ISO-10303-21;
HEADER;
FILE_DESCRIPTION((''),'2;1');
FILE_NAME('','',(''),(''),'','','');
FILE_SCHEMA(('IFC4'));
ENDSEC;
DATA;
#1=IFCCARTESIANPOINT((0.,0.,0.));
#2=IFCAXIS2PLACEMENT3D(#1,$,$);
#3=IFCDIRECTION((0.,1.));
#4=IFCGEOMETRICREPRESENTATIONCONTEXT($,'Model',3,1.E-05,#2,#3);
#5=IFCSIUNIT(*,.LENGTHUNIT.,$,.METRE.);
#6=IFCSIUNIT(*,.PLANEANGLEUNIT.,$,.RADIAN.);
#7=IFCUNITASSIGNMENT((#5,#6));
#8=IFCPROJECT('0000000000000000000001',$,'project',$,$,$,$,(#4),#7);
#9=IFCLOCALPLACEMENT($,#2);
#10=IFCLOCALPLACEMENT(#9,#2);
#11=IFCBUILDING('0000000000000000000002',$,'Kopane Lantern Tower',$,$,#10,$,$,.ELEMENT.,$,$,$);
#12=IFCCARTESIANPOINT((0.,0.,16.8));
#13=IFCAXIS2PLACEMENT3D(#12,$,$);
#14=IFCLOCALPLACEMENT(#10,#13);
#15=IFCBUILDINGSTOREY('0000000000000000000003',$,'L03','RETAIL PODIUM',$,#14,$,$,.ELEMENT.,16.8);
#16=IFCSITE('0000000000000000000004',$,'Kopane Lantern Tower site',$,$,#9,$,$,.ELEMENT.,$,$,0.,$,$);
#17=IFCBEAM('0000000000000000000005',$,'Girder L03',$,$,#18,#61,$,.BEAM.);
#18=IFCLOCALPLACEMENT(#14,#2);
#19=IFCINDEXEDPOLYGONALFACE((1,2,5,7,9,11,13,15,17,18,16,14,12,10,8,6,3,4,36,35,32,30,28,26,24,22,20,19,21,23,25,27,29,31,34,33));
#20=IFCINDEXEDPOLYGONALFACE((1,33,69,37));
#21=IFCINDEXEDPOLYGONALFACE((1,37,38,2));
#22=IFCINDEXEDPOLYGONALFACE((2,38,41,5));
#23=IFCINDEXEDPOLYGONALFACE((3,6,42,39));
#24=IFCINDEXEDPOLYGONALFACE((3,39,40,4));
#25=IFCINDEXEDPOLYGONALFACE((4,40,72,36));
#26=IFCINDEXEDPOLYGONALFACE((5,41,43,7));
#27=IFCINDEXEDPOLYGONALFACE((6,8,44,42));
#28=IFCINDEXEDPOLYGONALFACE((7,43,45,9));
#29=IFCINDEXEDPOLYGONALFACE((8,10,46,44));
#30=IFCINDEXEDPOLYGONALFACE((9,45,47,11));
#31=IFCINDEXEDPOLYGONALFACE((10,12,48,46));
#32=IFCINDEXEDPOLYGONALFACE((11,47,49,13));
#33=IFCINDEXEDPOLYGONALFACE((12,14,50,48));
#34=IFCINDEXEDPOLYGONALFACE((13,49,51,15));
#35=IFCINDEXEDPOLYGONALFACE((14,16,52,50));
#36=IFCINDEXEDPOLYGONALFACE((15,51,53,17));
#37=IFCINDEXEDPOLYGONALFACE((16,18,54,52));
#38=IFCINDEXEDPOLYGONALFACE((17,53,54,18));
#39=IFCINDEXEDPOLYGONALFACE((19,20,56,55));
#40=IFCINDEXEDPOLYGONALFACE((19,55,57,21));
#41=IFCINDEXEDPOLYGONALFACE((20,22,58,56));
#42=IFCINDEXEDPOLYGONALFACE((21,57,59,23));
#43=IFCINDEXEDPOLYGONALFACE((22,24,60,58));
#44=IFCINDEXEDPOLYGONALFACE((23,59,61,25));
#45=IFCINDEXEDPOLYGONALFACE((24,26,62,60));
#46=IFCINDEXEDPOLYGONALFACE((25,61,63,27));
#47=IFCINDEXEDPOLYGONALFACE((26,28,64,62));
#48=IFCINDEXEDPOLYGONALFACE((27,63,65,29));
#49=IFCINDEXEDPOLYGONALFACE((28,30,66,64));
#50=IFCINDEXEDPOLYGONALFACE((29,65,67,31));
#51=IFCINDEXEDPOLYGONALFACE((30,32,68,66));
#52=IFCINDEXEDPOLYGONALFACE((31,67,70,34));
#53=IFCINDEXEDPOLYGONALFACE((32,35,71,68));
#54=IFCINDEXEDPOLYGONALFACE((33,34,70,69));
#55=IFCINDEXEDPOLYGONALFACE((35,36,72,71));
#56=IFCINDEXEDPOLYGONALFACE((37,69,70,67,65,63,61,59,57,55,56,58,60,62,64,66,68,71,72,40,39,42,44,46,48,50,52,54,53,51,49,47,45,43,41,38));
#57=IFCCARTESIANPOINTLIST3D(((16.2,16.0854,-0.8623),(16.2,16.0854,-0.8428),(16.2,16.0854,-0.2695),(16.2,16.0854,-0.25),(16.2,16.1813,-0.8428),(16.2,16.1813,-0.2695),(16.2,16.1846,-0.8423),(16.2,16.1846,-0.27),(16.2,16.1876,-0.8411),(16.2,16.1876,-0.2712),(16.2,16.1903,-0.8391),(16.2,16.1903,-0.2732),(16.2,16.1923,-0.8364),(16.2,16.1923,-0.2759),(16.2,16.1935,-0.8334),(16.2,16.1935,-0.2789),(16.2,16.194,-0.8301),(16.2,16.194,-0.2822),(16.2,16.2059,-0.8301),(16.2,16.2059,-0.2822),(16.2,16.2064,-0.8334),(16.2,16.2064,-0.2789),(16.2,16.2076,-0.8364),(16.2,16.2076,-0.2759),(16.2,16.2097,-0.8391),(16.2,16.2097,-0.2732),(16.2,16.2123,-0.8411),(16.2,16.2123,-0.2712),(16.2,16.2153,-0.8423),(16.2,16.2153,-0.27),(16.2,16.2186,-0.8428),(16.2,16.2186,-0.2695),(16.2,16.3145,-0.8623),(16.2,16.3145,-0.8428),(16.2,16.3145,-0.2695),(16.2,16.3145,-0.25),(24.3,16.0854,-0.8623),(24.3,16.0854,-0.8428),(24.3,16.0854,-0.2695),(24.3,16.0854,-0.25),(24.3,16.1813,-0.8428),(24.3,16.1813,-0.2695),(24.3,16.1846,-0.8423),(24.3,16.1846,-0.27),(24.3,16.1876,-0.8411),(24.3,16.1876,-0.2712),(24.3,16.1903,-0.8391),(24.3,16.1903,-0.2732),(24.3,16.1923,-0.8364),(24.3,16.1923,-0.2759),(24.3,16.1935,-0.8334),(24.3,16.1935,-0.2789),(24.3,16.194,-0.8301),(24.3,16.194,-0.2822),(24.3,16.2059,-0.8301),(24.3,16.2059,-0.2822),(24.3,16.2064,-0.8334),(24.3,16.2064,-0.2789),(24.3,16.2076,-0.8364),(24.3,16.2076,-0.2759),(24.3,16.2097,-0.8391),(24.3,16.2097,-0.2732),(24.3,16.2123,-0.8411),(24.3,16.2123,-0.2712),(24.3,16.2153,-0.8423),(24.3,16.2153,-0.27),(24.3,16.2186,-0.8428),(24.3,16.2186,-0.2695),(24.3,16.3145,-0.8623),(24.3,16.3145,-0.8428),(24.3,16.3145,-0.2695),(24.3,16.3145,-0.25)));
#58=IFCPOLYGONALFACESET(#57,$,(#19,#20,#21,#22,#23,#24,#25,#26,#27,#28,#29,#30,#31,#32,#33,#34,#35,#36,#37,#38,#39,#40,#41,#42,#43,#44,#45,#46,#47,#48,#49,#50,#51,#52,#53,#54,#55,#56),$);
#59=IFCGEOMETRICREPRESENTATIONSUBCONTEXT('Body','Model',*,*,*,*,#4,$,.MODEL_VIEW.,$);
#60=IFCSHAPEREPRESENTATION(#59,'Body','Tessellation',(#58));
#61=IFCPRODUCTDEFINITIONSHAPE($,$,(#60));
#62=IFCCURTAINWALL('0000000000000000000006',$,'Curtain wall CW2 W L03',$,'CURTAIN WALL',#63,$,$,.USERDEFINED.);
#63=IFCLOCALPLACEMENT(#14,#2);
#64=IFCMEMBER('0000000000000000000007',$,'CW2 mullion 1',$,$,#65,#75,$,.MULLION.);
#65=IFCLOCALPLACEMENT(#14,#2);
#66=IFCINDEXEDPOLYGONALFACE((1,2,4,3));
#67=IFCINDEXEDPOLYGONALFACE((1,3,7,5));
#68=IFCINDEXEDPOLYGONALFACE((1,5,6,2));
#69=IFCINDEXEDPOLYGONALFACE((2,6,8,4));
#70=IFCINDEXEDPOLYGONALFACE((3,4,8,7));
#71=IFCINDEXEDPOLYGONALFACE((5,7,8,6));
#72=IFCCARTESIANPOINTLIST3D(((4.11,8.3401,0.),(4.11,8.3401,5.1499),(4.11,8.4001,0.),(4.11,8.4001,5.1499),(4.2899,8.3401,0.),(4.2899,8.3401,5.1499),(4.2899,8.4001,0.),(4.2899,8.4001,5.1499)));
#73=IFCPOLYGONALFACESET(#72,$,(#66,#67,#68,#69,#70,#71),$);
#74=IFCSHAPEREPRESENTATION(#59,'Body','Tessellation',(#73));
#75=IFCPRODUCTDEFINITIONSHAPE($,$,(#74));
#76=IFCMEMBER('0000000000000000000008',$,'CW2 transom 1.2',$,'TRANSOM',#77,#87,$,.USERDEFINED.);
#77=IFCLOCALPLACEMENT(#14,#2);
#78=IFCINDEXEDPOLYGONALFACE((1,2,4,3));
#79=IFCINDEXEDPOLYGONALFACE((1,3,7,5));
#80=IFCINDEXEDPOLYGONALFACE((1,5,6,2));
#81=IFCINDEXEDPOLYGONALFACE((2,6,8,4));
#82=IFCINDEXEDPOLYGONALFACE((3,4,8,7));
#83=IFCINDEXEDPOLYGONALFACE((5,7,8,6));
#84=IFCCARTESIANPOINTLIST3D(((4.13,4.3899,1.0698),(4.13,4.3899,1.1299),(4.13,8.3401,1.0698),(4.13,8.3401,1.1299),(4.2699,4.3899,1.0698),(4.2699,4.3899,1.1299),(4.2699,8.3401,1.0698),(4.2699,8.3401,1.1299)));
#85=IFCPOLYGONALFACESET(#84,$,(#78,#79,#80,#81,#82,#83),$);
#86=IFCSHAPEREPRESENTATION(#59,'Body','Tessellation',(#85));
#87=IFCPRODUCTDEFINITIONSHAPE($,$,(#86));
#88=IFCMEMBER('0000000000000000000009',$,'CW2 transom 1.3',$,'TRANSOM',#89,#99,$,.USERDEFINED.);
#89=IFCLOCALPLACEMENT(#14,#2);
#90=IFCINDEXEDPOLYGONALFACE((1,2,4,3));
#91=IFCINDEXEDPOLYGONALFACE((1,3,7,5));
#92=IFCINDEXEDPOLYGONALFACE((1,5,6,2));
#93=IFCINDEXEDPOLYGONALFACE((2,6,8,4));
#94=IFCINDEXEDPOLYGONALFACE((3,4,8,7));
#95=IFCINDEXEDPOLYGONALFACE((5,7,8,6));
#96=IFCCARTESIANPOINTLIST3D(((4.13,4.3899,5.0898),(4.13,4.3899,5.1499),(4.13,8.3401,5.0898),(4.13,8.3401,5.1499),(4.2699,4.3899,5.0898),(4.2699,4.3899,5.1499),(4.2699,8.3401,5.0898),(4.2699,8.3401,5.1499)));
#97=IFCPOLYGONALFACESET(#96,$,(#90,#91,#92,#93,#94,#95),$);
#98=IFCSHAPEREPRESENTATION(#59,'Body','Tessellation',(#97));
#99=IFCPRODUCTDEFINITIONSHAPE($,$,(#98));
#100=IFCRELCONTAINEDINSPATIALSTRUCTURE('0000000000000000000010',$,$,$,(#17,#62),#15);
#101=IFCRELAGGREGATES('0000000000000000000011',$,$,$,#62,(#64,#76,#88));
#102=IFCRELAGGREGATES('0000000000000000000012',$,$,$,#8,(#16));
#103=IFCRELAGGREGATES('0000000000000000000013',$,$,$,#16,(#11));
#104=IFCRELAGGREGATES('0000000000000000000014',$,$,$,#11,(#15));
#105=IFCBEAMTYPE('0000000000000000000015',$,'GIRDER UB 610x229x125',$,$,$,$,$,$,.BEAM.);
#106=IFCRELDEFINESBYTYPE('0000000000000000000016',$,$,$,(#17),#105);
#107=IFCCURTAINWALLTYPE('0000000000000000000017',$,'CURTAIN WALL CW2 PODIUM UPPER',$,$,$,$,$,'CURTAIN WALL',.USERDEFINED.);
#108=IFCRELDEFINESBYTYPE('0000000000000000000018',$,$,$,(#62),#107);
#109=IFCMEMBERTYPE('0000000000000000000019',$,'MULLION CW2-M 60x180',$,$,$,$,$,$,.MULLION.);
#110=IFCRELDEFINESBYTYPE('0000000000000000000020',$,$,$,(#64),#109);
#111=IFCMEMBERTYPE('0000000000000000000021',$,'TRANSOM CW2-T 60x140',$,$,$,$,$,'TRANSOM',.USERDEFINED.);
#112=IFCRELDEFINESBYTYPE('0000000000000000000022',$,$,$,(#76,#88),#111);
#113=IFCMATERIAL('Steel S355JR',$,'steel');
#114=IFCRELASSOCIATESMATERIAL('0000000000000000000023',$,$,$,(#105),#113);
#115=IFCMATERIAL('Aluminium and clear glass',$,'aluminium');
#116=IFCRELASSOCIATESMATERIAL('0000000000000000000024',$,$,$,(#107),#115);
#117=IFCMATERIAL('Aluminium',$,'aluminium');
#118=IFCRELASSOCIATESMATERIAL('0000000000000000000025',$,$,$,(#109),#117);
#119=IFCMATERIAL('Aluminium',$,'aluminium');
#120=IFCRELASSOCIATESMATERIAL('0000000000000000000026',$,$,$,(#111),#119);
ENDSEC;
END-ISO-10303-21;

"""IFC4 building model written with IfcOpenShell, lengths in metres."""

from ifc_helpers import new_model, si_unit, direction, frame, origin, origin_2d, place, context, subcontext, project, spatial, rectangle, i_section, extrude, material, material_profile, profile_set, type_object, element, aggregate, save


model = new_model("IFC4")

# Units and contexts
model_context = context("Model", 3, precision=1e-05, world=origin(), true_north=direction((0.0, 1.0)))
body_context = subcontext(model_context, "Body", "Model", "MODEL_VIEW")
ifc_project = project(units=[si_unit("LENGTHUNIT", "METRE"), si_unit("PLANEANGLEUNIT", "RADIAN")], contexts=[model_context])

# Site, building, storey
site_placement = place(None, origin())
site = spatial("IfcSite", under=ifc_project, at=site_placement, Name="Kopane Lantern Tower site", CompositionType="ELEMENT", RefElevation=0.0)
building_placement = place(site_placement, origin())
building = spatial("IfcBuilding", under=site, at=building_placement, Name="Kopane Lantern Tower", CompositionType="ELEMENT")
storey_placement = place(building_placement, frame((0.0, 0.0, 16.8)))
storey = spatial("IfcBuildingStorey", under=building, at=storey_placement, Name="L03", Description="RETAIL PODIUM", CompositionType="ELEMENT", Elevation=16.8)

# Beam
ifc_material_1 = material(Name="Steel S355JR", Category="steel")
ifc_material_profile_1 = material_profile(ifc_material_1, i_section(OverallWidth=0.229, OverallDepth=0.6123, WebThickness=0.012, FlangeThickness=0.0195, FilletRadius=0.0127, at=origin_2d()), Name="UB 610x229x125")
ifc_profile_set_1 = profile_set([ifc_material_profile_1], Name="Steel S355JR")
beam_type = type_object("IfcBeamType", Name="GIRDER UB 610x229x125", PredefinedType="BEAM", material=ifc_profile_set_1)
for number, where, z_axis, x_axis, name in (
    (1, (16.2, 16.2, -0.5562), (1.0, 0.0, 0.0), (0.0, 1.0, 0.0), "Girder L03"),
):
    element("IfcBeam", number, at=place(storey_placement, frame(where, z_axis=z_axis, x_axis=x_axis)), inside=storey, type_object=beam_type, Name=name, PredefinedType="BEAM", context=body_context, shape_type="SweptSolid", body=[
        extrude(i_section(OverallWidth=0.229, OverallDepth=0.6123, WebThickness=0.012, FlangeThickness=0.0195, FilletRadius=0.0127, at=origin_2d()), origin(), (0.0, 0.0, 1.0), 8.1001),
    ])

# Curtain wall, members
ifc_material_2 = material(Name="Aluminium and clear glass", Category="aluminium")
curtain_wall_type = type_object("IfcCurtainWallType", Name="CURTAIN WALL CW2 PODIUM UPPER", ElementType="CURTAIN WALL", PredefinedType="USERDEFINED", material=ifc_material_2)
curtain_wall_placement = place(storey_placement, origin())
curtain_wall = element("IfcCurtainWall", 2, at=curtain_wall_placement, inside=storey, type_object=curtain_wall_type, Name="Curtain wall CW2 W L03", ObjectType="CURTAIN WALL", PredefinedType="USERDEFINED")
ifc_material_3 = material(Name="Aluminium", Category="aluminium")
ifc_material_profile_2 = material_profile(ifc_material_3, rectangle(XDim=0.0601, YDim=0.1799, at=origin_2d()), Name="AL 60x180")
ifc_profile_set_2 = profile_set([ifc_material_profile_2], Name="Aluminium")
member_type_1 = type_object("IfcMemberType", Name="MULLION CW2-M 60x180", PredefinedType="MULLION", material=ifc_profile_set_2)
member_1_placement = place(storey_placement, frame((4.2, 8.3701, 0.0), z_axis=(0.0, 0.0, 1.0), x_axis=(0.0, -1.0, 0.0)))
member_1 = element("IfcMember", 3, at=member_1_placement, type_object=member_type_1, Name="CW2 mullion 1", PredefinedType="MULLION", context=body_context, shape_type="SweptSolid", body=[
    extrude(rectangle(XDim=0.0601, YDim=0.1799, at=origin_2d()), origin(), (0.0, 0.0, 1.0), 5.1499),
])
ifc_material_4 = material(Name="Aluminium", Category="aluminium")
ifc_material_profile_3 = material_profile(ifc_material_4, rectangle(XDim=0.1399, YDim=0.0601, at=origin_2d()), Name="AL 140x60")
ifc_profile_set_3 = profile_set([ifc_material_profile_3], Name="Aluminium")
member_type_2 = type_object("IfcMemberType", Name="TRANSOM CW2-T 60x140", ElementType="TRANSOM", PredefinedType="USERDEFINED", material=ifc_profile_set_3)
member_2_placement = place(storey_placement, frame((4.2, 8.3401, 1.0999), z_axis=(0.0, -1.0, 0.0), x_axis=(1.0, 0.0, 0.0)))
member_2 = element("IfcMember", 4, at=member_2_placement, type_object=member_type_2, Name="CW2 transom 1.2", ObjectType="TRANSOM", PredefinedType="USERDEFINED", context=body_context, shape_type="SweptSolid", body=[
    extrude(rectangle(XDim=0.1399, YDim=0.0601, at=origin_2d()), origin(), (0.0, 0.0, 1.0), 3.9502),
])
member_3_placement = place(storey_placement, frame((4.2, 8.3401, 5.1199), z_axis=(0.0, -1.0, 0.0), x_axis=(1.0, 0.0, 0.0)))
member_3 = element("IfcMember", 5, at=member_3_placement, type_object=member_type_2, Name="CW2 transom 1.3", ObjectType="TRANSOM", PredefinedType="USERDEFINED", context=body_context, shape_type="SweptSolid", body=[
    extrude(rectangle(XDim=0.1399, YDim=0.0601, at=origin_2d()), origin(), (0.0, 0.0, 1.0), 3.9502),
])
aggregate(curtain_wall, [member_1, member_2, member_3])

save(model, "model.ifc")
